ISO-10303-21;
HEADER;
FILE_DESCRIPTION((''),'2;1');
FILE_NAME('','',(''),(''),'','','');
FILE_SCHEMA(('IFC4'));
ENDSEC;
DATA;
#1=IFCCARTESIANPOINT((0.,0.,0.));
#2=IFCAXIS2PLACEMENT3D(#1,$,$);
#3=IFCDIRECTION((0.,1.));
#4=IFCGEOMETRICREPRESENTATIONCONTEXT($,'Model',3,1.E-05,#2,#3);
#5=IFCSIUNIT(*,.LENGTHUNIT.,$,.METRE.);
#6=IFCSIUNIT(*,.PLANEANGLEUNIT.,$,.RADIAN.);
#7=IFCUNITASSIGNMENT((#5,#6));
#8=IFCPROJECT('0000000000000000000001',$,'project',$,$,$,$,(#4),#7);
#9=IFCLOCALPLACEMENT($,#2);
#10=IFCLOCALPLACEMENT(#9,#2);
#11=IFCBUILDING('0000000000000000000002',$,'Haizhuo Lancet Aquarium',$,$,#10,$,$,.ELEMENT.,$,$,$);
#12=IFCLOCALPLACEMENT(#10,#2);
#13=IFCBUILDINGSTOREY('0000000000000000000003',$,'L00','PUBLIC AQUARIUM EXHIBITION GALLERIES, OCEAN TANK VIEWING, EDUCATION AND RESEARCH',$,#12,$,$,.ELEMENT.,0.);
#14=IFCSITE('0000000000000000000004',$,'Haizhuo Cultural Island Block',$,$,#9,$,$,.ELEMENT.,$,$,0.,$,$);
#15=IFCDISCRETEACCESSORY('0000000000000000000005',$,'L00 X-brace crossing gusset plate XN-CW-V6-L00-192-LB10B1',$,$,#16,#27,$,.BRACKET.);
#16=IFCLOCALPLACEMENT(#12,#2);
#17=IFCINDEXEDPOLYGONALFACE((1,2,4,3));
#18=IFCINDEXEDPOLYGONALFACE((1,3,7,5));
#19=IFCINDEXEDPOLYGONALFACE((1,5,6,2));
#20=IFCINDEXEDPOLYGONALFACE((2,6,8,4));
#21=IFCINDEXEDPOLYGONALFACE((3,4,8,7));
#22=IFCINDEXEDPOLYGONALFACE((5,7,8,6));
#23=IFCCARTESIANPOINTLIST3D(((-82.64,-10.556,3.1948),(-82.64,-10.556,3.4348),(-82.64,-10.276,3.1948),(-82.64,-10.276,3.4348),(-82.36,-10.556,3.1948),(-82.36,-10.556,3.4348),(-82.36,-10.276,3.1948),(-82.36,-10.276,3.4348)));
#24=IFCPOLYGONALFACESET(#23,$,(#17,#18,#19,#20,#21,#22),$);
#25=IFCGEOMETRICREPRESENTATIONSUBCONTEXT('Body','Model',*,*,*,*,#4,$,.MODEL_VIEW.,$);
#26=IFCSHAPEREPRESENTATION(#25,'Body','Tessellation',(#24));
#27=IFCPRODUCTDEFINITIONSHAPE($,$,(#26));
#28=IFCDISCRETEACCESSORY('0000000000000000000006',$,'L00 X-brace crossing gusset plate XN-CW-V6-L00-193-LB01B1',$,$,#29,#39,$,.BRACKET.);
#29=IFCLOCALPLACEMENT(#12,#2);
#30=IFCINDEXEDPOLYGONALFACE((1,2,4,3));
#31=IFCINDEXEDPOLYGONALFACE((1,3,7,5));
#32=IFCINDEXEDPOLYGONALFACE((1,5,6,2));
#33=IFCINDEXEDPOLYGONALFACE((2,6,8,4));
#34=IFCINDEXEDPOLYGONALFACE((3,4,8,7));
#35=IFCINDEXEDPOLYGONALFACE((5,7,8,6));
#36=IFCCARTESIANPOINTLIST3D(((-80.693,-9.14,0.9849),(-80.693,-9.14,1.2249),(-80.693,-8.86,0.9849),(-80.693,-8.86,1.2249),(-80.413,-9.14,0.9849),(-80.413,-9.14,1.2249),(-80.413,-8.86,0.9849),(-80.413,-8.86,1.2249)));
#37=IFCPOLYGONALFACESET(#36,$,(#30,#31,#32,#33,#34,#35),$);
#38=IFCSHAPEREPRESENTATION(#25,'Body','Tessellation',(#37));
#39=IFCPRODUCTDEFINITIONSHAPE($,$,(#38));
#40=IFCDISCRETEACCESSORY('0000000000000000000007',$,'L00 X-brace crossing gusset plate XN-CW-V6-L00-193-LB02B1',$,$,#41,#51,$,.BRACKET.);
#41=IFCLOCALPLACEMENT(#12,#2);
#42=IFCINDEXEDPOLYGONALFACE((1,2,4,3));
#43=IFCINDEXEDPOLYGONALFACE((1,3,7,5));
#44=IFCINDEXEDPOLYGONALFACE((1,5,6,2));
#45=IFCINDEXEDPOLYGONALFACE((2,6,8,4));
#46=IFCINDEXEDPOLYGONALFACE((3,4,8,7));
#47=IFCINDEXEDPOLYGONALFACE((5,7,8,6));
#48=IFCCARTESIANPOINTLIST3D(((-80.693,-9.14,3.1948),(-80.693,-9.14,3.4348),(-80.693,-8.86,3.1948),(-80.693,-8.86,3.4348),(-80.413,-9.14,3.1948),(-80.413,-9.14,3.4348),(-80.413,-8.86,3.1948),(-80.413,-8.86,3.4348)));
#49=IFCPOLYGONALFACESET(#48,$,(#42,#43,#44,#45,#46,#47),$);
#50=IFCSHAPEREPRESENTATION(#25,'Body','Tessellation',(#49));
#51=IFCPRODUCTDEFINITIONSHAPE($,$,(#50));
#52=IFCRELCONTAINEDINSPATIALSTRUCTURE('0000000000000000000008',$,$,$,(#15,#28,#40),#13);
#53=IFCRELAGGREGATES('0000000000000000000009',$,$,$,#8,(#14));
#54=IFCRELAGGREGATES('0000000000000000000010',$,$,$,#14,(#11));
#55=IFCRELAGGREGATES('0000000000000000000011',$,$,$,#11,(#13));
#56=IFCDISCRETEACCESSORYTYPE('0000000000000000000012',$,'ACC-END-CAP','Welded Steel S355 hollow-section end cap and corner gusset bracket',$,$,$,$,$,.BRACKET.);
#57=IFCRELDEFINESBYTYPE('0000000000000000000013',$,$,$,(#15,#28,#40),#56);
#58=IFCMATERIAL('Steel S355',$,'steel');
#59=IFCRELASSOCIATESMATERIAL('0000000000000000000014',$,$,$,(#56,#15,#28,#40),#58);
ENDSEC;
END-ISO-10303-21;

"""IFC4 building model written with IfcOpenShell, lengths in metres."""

from ifc_helpers import new_model, si_unit, direction, frame, origin, origin_2d, place, context, subcontext, project, spatial, rectangle, extrude, material, type_object, element, save


model = new_model("IFC4")

# Units and contexts
model_context = context("Model", 3, precision=1e-05, world=origin(), true_north=direction((0.0, 1.0)))
body_context = subcontext(model_context, "Body", "Model", "MODEL_VIEW")
ifc_project = project(units=[si_unit("LENGTHUNIT", "METRE"), si_unit("PLANEANGLEUNIT", "RADIAN")], contexts=[model_context])

# Site, building, storey
site_placement = place(None, origin())
site = spatial("IfcSite", under=ifc_project, at=site_placement, Name="Haizhuo Cultural Island Block", CompositionType="ELEMENT", RefElevation=0.0)
building_placement = place(site_placement, origin())
building = spatial("IfcBuilding", under=site, at=building_placement, Name="Haizhuo Lancet Aquarium", CompositionType="ELEMENT")
storey_placement = place(building_placement, origin())
storey = spatial("IfcBuildingStorey", under=building, at=storey_placement, Name="L00", Description="PUBLIC AQUARIUM EXHIBITION GALLERIES, OCEAN TANK VIEWING, EDUCATION AND RESEARCH", CompositionType="ELEMENT", Elevation=0.0)

# Shared definitions
ifc_material_1 = material(Name="Steel S355", Category="steel")

# Discrete accessories
discrete_accessory_type = type_object("IfcDiscreteAccessoryType", Name="ACC-END-CAP", Description="Welded Steel S355 hollow-section end cap and corner gusset bracket", PredefinedType="BRACKET", material=ifc_material_1)
for number, where, z_axis, x_axis, name in (
    (1, (-82.5, -10.416, 3.1948), (0.0, 0.0, 1.0), (1.0, 0.0, 0.0), "L00 X-brace crossing gusset plate XN-CW-V6-L00-192-LB10B1"),
    (2, (-80.553, -9.0, 0.9849), (0.0, 0.0, 1.0), (1.0, 0.0, 0.0), "L00 X-brace crossing gusset plate XN-CW-V6-L00-193-LB01B1"),
    (3, (-80.553, -9.0, 3.1948), (0.0, 0.0, 1.0), (1.0, 0.0, 0.0), "L00 X-brace crossing gusset plate XN-CW-V6-L00-193-LB02B1"),
):
    element("IfcDiscreteAccessory", number, at=place(storey_placement, frame(where, z_axis=z_axis, x_axis=x_axis)), inside=storey, type_object=discrete_accessory_type, material=ifc_material_1, Name=name, PredefinedType="BRACKET", context=body_context, shape_type="SweptSolid", body=[
        extrude(rectangle(XDim=0.28, YDim=0.28, at=origin_2d()), origin(), (0.0, 0.0, 1.0), 0.24),
    ])

save(model, "model.ifc")
